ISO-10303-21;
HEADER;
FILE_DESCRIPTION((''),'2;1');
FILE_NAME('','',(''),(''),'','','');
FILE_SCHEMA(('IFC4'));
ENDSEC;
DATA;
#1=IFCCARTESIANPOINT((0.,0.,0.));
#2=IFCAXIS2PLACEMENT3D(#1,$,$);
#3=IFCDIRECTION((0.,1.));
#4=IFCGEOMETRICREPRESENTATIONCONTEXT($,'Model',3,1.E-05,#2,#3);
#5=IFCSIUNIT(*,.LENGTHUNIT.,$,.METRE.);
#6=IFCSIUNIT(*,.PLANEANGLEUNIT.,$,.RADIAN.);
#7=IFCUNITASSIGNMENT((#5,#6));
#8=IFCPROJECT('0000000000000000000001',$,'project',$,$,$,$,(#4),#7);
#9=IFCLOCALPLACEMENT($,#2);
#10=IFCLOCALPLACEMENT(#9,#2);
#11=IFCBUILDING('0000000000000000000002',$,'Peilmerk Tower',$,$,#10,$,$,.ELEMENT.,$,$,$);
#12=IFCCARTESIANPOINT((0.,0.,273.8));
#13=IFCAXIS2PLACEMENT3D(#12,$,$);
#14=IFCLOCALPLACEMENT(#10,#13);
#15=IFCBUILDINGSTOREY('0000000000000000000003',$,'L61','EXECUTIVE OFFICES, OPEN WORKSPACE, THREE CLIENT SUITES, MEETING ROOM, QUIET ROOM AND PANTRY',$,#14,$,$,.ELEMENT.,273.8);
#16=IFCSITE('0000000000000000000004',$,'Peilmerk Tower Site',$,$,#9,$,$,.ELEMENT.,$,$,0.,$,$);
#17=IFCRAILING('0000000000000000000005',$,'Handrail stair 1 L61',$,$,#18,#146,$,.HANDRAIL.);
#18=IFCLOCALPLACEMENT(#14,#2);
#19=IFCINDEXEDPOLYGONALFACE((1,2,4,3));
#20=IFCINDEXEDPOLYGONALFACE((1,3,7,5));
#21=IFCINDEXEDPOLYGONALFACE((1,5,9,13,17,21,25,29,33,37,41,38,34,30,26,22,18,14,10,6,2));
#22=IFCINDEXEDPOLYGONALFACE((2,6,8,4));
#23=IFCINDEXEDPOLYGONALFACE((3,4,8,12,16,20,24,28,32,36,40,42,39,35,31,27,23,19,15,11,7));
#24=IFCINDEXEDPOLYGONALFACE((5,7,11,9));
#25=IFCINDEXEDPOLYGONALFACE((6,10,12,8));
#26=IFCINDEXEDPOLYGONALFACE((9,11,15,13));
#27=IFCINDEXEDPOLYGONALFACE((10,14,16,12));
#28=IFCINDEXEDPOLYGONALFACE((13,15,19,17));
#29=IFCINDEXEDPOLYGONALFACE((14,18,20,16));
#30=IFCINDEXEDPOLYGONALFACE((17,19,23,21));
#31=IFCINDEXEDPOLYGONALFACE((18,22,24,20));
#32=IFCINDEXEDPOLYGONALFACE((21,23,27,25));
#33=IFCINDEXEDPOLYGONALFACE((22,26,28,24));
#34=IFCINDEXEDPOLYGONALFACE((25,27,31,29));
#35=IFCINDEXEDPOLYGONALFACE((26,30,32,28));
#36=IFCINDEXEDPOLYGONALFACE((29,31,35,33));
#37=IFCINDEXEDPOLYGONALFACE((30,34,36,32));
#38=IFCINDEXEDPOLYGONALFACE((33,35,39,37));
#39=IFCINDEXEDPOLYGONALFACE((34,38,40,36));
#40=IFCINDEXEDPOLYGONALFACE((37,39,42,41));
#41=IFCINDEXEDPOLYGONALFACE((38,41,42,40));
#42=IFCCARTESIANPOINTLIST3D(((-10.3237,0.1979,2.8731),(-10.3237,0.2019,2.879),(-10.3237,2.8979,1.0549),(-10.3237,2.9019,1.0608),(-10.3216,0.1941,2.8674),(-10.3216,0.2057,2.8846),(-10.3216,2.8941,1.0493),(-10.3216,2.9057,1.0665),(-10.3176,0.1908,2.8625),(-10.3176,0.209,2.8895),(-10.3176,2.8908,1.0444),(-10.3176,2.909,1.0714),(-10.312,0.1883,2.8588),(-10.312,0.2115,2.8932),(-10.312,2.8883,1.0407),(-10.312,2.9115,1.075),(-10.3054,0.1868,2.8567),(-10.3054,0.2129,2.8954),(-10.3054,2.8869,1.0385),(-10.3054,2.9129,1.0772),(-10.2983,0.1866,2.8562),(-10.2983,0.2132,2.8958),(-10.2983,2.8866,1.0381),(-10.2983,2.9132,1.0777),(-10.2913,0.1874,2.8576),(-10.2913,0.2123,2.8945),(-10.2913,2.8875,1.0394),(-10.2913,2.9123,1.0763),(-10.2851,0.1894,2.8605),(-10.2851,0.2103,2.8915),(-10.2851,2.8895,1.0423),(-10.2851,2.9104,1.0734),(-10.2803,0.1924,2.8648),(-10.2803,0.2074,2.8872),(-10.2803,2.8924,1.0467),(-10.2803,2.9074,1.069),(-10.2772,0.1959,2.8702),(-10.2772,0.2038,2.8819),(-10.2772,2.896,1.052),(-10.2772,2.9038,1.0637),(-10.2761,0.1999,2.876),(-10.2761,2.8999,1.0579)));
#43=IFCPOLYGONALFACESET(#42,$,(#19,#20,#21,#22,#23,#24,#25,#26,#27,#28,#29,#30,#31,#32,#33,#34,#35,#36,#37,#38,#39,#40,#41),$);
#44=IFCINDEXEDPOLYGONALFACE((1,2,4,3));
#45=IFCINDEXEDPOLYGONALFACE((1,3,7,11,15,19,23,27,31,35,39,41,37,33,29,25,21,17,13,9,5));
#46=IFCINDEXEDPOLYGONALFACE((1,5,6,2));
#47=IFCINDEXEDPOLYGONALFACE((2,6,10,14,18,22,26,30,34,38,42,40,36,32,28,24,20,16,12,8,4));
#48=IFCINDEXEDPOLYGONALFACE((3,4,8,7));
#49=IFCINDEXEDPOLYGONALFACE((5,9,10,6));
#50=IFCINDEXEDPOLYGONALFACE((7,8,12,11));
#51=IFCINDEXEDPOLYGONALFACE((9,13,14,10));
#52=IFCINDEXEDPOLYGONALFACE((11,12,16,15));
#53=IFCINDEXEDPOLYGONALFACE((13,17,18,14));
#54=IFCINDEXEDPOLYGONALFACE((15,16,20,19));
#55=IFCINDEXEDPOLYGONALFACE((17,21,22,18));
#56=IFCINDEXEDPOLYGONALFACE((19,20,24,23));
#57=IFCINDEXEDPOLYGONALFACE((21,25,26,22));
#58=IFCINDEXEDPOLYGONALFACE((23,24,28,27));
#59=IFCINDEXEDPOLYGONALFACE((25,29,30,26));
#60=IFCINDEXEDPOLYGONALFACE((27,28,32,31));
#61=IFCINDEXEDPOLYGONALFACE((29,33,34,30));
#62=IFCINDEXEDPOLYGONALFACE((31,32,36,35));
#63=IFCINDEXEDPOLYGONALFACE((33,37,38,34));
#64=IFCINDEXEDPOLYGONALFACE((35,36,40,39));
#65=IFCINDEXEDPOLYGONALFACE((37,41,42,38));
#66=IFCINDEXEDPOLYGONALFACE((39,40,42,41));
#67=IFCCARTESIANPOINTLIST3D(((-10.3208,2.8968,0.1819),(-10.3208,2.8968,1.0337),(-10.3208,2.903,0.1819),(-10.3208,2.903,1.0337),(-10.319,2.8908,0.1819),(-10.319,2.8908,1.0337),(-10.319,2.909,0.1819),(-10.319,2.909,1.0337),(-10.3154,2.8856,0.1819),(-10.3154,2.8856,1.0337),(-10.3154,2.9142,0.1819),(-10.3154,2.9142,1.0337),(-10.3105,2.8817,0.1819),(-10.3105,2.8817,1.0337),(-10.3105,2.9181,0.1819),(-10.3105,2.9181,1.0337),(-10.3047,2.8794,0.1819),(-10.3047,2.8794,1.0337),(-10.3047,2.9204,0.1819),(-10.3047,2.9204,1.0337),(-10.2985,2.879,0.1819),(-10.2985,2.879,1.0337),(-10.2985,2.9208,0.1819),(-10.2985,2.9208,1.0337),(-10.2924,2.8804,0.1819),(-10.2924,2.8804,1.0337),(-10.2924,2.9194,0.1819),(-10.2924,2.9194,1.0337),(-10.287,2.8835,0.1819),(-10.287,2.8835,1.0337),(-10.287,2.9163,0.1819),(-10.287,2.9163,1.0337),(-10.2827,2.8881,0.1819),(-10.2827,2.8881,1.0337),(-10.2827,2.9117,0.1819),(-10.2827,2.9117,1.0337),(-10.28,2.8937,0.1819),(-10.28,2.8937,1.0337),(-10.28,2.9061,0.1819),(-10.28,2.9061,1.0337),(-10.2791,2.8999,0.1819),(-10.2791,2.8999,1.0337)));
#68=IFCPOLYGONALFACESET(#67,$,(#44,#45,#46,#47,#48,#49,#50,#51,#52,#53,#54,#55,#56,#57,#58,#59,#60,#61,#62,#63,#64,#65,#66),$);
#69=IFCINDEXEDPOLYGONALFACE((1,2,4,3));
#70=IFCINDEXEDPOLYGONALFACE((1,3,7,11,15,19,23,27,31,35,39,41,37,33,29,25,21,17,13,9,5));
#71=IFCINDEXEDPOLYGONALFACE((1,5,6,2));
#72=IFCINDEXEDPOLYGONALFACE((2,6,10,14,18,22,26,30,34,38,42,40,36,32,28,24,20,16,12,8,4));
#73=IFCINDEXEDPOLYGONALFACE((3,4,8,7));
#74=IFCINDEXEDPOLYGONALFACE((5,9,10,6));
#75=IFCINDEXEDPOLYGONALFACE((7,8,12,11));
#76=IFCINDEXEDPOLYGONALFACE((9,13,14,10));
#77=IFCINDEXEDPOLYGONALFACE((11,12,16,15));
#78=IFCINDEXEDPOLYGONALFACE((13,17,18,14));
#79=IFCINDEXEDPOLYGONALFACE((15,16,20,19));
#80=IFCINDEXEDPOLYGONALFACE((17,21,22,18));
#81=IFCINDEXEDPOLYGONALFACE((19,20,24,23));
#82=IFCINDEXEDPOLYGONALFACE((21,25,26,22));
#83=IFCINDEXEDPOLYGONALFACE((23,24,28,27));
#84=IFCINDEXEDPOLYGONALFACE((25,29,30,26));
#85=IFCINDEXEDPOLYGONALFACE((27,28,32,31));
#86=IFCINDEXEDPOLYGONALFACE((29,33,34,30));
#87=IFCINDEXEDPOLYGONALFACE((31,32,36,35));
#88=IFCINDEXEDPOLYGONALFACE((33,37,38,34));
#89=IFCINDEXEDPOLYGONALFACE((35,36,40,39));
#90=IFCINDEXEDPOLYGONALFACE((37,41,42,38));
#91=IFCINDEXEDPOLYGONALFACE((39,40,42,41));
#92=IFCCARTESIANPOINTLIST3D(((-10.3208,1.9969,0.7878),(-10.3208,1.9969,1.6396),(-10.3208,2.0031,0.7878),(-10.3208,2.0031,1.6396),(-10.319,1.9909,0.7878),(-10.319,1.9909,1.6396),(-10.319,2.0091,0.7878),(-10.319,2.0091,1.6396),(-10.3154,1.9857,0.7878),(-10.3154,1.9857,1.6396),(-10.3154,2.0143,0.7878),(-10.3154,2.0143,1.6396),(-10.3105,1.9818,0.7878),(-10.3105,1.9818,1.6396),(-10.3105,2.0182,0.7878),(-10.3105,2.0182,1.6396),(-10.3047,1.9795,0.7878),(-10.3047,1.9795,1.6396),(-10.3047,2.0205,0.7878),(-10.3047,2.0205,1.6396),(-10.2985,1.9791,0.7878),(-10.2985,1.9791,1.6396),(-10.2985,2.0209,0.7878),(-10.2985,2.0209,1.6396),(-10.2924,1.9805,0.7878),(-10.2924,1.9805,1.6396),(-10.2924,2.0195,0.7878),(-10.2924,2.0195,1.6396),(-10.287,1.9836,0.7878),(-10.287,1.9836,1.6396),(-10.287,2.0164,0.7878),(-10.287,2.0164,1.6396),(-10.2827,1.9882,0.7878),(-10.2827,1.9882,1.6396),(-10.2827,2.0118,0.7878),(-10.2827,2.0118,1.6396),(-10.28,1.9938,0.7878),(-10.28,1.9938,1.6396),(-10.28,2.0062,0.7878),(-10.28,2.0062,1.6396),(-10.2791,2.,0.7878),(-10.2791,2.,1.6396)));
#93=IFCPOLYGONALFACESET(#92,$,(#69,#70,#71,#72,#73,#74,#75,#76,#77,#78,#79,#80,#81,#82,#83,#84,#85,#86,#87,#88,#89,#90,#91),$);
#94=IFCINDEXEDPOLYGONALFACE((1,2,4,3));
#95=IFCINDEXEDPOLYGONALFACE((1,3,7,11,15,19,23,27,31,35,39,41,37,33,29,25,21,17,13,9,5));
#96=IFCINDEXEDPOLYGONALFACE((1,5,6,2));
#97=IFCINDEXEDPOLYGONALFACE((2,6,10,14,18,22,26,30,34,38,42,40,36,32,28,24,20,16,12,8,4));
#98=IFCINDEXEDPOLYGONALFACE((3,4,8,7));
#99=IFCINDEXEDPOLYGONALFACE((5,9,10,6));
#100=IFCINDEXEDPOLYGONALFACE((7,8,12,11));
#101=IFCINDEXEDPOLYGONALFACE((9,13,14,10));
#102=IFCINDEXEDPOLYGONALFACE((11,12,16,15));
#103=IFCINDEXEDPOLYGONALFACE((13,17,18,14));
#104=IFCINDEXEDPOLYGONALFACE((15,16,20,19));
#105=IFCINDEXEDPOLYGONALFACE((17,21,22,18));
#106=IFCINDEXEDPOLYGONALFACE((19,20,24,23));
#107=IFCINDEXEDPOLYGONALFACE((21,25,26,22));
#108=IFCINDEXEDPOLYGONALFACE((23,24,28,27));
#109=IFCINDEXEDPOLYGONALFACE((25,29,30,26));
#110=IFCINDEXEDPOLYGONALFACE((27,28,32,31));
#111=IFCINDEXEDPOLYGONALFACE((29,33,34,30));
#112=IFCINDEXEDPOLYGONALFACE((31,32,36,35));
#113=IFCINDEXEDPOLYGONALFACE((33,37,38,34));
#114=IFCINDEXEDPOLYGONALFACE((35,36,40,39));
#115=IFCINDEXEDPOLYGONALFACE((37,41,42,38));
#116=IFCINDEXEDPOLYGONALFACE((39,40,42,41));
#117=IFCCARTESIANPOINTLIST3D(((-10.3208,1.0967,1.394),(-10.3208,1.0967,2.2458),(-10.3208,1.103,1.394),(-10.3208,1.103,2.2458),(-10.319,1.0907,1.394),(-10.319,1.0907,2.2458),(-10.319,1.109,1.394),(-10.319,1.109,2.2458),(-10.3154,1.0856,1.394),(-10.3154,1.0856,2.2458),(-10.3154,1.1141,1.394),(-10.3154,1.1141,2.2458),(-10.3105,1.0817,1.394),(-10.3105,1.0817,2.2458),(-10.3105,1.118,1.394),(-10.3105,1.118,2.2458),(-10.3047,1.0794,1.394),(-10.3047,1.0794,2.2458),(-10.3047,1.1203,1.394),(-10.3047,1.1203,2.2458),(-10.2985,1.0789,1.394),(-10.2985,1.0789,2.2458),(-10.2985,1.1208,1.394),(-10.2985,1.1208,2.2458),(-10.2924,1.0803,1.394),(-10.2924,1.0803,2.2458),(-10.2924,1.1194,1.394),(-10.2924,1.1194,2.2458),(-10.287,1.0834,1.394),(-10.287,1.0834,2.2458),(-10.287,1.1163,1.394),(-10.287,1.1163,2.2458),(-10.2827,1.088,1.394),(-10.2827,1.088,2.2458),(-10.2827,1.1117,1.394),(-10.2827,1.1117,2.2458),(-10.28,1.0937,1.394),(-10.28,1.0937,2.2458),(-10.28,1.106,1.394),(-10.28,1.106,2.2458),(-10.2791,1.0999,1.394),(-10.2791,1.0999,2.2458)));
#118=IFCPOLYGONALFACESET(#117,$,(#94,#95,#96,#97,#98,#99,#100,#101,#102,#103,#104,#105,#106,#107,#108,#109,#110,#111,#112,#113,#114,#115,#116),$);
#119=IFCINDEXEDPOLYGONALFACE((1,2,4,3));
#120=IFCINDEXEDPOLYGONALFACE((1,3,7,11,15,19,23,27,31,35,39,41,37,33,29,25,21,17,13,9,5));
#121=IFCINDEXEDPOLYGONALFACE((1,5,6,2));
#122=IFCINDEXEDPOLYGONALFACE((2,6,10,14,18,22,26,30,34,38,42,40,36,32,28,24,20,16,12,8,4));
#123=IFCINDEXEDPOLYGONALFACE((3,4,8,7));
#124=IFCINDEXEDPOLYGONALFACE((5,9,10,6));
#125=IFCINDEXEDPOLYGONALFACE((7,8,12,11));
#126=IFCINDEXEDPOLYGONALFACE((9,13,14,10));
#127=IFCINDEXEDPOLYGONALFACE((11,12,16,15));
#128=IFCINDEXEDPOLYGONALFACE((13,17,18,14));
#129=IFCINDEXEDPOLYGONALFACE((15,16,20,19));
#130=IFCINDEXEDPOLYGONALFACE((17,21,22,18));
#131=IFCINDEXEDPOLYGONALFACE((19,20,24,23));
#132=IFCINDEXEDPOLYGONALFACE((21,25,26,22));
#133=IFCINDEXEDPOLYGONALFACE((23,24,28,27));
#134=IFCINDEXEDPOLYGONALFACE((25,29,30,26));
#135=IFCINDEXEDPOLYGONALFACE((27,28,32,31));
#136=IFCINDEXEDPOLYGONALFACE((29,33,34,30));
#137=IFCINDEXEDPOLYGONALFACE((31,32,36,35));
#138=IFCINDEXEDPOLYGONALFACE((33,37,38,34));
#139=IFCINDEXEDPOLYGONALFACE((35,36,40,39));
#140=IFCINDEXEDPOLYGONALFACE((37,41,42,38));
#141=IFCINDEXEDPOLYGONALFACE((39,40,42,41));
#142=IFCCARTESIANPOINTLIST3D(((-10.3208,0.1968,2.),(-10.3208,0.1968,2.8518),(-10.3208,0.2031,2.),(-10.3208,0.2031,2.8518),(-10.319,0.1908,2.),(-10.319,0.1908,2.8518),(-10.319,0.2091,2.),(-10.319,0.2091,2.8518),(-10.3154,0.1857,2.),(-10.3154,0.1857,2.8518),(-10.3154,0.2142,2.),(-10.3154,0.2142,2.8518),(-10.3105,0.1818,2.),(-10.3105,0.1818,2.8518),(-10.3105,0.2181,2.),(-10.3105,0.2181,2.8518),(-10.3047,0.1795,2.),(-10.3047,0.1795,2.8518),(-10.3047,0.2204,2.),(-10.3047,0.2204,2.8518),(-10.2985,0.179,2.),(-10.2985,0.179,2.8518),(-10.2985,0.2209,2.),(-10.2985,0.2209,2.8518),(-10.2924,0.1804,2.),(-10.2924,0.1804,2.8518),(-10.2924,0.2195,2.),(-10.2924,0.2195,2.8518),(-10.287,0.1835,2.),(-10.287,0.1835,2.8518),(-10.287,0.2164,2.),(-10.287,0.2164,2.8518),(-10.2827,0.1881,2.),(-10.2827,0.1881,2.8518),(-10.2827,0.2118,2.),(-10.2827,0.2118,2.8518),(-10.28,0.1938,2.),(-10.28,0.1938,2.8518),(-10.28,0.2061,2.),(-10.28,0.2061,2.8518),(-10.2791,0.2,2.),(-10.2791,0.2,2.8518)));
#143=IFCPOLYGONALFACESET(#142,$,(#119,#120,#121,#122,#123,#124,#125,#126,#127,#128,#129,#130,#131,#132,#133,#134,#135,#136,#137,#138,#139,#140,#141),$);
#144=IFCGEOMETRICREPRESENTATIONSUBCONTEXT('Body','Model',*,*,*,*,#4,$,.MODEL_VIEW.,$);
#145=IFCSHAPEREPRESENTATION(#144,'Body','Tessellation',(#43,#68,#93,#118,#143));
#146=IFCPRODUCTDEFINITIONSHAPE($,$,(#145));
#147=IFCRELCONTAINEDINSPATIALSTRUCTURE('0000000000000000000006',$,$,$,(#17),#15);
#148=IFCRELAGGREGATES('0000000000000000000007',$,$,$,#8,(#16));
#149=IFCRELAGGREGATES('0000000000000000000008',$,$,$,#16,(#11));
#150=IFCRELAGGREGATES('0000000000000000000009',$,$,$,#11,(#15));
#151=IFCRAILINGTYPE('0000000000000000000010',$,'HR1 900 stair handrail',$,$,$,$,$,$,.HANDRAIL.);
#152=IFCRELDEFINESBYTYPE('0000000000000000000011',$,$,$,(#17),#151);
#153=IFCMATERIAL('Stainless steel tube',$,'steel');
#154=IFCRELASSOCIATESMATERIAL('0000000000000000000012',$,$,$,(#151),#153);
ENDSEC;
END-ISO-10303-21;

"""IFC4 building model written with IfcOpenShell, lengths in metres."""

from ifc_helpers import new_model, si_unit, direction, frame, origin, origin_2d, place, context, subcontext, project, spatial, circle, extrude, material, type_object, element, save


model = new_model("IFC4")

# Units and contexts
model_context = context("Model", 3, precision=1e-05, world=origin(), true_north=direction((0.0, 1.0)))
body_context = subcontext(model_context, "Body", "Model", "MODEL_VIEW")
ifc_project = project(units=[si_unit("LENGTHUNIT", "METRE"), si_unit("PLANEANGLEUNIT", "RADIAN")], contexts=[model_context])

# Site, building, storey
site_placement = place(None, origin())
site = spatial("IfcSite", under=ifc_project, at=site_placement, Name="Peilmerk Tower Site", CompositionType="ELEMENT", RefElevation=0.0)
building_placement = place(site_placement, origin())
building = spatial("IfcBuilding", under=site, at=building_placement, Name="Peilmerk Tower", CompositionType="ELEMENT")
storey_placement = place(building_placement, frame((0.0, 0.0, 273.8)))
storey = spatial("IfcBuildingStorey", under=building, at=storey_placement, Name="L61", Description="EXECUTIVE OFFICES, OPEN WORKSPACE, THREE CLIENT SUITES, MEETING ROOM, QUIET ROOM AND PANTRY", CompositionType="ELEMENT", Elevation=273.8)

# Railing
ifc_material_1 = material(Name="Stainless steel tube", Category="steel")
railing_type_1 = type_object("IfcRailingType", Name="HR1 900 stair handrail", PredefinedType="HANDRAIL", material=ifc_material_1)
railing_1_placement = place(storey_placement, frame((-10.3, 2.8999, 0.1819)))
element("IfcRailing", 1, at=railing_1_placement, inside=storey, type_object=railing_type_1, Name="Handrail stair 1 L61", PredefinedType="HANDRAIL", context=body_context, shape_type="SweptSolid", body=[
    extrude(circle(Radius=0.0239, at=origin_2d()), frame((0.0, 0.0, 0.876), z_axis=(0.0, -0.829468, 0.558554), x_axis=(1.0, 0.0, 0.0)), (0.0, 0.0, 1.0), 3.2551),
    extrude(circle(Radius=0.021, at=origin_2d()), origin(), (0.0, 0.0, 1.0), 0.8518),
    extrude(circle(Radius=0.021, at=origin_2d()), frame((0.0, -0.8999, 0.606)), (0.0, 0.0, 1.0), 0.8518),
    extrude(circle(Radius=0.021, at=origin_2d()), frame((0.0, -1.8, 1.2122)), (0.0, 0.0, 1.0), 0.8518),
    extrude(circle(Radius=0.021, at=origin_2d()), frame((0.0, -2.7, 1.8181)), (0.0, 0.0, 1.0), 0.8518),
])

save(model, "model.ifc")
